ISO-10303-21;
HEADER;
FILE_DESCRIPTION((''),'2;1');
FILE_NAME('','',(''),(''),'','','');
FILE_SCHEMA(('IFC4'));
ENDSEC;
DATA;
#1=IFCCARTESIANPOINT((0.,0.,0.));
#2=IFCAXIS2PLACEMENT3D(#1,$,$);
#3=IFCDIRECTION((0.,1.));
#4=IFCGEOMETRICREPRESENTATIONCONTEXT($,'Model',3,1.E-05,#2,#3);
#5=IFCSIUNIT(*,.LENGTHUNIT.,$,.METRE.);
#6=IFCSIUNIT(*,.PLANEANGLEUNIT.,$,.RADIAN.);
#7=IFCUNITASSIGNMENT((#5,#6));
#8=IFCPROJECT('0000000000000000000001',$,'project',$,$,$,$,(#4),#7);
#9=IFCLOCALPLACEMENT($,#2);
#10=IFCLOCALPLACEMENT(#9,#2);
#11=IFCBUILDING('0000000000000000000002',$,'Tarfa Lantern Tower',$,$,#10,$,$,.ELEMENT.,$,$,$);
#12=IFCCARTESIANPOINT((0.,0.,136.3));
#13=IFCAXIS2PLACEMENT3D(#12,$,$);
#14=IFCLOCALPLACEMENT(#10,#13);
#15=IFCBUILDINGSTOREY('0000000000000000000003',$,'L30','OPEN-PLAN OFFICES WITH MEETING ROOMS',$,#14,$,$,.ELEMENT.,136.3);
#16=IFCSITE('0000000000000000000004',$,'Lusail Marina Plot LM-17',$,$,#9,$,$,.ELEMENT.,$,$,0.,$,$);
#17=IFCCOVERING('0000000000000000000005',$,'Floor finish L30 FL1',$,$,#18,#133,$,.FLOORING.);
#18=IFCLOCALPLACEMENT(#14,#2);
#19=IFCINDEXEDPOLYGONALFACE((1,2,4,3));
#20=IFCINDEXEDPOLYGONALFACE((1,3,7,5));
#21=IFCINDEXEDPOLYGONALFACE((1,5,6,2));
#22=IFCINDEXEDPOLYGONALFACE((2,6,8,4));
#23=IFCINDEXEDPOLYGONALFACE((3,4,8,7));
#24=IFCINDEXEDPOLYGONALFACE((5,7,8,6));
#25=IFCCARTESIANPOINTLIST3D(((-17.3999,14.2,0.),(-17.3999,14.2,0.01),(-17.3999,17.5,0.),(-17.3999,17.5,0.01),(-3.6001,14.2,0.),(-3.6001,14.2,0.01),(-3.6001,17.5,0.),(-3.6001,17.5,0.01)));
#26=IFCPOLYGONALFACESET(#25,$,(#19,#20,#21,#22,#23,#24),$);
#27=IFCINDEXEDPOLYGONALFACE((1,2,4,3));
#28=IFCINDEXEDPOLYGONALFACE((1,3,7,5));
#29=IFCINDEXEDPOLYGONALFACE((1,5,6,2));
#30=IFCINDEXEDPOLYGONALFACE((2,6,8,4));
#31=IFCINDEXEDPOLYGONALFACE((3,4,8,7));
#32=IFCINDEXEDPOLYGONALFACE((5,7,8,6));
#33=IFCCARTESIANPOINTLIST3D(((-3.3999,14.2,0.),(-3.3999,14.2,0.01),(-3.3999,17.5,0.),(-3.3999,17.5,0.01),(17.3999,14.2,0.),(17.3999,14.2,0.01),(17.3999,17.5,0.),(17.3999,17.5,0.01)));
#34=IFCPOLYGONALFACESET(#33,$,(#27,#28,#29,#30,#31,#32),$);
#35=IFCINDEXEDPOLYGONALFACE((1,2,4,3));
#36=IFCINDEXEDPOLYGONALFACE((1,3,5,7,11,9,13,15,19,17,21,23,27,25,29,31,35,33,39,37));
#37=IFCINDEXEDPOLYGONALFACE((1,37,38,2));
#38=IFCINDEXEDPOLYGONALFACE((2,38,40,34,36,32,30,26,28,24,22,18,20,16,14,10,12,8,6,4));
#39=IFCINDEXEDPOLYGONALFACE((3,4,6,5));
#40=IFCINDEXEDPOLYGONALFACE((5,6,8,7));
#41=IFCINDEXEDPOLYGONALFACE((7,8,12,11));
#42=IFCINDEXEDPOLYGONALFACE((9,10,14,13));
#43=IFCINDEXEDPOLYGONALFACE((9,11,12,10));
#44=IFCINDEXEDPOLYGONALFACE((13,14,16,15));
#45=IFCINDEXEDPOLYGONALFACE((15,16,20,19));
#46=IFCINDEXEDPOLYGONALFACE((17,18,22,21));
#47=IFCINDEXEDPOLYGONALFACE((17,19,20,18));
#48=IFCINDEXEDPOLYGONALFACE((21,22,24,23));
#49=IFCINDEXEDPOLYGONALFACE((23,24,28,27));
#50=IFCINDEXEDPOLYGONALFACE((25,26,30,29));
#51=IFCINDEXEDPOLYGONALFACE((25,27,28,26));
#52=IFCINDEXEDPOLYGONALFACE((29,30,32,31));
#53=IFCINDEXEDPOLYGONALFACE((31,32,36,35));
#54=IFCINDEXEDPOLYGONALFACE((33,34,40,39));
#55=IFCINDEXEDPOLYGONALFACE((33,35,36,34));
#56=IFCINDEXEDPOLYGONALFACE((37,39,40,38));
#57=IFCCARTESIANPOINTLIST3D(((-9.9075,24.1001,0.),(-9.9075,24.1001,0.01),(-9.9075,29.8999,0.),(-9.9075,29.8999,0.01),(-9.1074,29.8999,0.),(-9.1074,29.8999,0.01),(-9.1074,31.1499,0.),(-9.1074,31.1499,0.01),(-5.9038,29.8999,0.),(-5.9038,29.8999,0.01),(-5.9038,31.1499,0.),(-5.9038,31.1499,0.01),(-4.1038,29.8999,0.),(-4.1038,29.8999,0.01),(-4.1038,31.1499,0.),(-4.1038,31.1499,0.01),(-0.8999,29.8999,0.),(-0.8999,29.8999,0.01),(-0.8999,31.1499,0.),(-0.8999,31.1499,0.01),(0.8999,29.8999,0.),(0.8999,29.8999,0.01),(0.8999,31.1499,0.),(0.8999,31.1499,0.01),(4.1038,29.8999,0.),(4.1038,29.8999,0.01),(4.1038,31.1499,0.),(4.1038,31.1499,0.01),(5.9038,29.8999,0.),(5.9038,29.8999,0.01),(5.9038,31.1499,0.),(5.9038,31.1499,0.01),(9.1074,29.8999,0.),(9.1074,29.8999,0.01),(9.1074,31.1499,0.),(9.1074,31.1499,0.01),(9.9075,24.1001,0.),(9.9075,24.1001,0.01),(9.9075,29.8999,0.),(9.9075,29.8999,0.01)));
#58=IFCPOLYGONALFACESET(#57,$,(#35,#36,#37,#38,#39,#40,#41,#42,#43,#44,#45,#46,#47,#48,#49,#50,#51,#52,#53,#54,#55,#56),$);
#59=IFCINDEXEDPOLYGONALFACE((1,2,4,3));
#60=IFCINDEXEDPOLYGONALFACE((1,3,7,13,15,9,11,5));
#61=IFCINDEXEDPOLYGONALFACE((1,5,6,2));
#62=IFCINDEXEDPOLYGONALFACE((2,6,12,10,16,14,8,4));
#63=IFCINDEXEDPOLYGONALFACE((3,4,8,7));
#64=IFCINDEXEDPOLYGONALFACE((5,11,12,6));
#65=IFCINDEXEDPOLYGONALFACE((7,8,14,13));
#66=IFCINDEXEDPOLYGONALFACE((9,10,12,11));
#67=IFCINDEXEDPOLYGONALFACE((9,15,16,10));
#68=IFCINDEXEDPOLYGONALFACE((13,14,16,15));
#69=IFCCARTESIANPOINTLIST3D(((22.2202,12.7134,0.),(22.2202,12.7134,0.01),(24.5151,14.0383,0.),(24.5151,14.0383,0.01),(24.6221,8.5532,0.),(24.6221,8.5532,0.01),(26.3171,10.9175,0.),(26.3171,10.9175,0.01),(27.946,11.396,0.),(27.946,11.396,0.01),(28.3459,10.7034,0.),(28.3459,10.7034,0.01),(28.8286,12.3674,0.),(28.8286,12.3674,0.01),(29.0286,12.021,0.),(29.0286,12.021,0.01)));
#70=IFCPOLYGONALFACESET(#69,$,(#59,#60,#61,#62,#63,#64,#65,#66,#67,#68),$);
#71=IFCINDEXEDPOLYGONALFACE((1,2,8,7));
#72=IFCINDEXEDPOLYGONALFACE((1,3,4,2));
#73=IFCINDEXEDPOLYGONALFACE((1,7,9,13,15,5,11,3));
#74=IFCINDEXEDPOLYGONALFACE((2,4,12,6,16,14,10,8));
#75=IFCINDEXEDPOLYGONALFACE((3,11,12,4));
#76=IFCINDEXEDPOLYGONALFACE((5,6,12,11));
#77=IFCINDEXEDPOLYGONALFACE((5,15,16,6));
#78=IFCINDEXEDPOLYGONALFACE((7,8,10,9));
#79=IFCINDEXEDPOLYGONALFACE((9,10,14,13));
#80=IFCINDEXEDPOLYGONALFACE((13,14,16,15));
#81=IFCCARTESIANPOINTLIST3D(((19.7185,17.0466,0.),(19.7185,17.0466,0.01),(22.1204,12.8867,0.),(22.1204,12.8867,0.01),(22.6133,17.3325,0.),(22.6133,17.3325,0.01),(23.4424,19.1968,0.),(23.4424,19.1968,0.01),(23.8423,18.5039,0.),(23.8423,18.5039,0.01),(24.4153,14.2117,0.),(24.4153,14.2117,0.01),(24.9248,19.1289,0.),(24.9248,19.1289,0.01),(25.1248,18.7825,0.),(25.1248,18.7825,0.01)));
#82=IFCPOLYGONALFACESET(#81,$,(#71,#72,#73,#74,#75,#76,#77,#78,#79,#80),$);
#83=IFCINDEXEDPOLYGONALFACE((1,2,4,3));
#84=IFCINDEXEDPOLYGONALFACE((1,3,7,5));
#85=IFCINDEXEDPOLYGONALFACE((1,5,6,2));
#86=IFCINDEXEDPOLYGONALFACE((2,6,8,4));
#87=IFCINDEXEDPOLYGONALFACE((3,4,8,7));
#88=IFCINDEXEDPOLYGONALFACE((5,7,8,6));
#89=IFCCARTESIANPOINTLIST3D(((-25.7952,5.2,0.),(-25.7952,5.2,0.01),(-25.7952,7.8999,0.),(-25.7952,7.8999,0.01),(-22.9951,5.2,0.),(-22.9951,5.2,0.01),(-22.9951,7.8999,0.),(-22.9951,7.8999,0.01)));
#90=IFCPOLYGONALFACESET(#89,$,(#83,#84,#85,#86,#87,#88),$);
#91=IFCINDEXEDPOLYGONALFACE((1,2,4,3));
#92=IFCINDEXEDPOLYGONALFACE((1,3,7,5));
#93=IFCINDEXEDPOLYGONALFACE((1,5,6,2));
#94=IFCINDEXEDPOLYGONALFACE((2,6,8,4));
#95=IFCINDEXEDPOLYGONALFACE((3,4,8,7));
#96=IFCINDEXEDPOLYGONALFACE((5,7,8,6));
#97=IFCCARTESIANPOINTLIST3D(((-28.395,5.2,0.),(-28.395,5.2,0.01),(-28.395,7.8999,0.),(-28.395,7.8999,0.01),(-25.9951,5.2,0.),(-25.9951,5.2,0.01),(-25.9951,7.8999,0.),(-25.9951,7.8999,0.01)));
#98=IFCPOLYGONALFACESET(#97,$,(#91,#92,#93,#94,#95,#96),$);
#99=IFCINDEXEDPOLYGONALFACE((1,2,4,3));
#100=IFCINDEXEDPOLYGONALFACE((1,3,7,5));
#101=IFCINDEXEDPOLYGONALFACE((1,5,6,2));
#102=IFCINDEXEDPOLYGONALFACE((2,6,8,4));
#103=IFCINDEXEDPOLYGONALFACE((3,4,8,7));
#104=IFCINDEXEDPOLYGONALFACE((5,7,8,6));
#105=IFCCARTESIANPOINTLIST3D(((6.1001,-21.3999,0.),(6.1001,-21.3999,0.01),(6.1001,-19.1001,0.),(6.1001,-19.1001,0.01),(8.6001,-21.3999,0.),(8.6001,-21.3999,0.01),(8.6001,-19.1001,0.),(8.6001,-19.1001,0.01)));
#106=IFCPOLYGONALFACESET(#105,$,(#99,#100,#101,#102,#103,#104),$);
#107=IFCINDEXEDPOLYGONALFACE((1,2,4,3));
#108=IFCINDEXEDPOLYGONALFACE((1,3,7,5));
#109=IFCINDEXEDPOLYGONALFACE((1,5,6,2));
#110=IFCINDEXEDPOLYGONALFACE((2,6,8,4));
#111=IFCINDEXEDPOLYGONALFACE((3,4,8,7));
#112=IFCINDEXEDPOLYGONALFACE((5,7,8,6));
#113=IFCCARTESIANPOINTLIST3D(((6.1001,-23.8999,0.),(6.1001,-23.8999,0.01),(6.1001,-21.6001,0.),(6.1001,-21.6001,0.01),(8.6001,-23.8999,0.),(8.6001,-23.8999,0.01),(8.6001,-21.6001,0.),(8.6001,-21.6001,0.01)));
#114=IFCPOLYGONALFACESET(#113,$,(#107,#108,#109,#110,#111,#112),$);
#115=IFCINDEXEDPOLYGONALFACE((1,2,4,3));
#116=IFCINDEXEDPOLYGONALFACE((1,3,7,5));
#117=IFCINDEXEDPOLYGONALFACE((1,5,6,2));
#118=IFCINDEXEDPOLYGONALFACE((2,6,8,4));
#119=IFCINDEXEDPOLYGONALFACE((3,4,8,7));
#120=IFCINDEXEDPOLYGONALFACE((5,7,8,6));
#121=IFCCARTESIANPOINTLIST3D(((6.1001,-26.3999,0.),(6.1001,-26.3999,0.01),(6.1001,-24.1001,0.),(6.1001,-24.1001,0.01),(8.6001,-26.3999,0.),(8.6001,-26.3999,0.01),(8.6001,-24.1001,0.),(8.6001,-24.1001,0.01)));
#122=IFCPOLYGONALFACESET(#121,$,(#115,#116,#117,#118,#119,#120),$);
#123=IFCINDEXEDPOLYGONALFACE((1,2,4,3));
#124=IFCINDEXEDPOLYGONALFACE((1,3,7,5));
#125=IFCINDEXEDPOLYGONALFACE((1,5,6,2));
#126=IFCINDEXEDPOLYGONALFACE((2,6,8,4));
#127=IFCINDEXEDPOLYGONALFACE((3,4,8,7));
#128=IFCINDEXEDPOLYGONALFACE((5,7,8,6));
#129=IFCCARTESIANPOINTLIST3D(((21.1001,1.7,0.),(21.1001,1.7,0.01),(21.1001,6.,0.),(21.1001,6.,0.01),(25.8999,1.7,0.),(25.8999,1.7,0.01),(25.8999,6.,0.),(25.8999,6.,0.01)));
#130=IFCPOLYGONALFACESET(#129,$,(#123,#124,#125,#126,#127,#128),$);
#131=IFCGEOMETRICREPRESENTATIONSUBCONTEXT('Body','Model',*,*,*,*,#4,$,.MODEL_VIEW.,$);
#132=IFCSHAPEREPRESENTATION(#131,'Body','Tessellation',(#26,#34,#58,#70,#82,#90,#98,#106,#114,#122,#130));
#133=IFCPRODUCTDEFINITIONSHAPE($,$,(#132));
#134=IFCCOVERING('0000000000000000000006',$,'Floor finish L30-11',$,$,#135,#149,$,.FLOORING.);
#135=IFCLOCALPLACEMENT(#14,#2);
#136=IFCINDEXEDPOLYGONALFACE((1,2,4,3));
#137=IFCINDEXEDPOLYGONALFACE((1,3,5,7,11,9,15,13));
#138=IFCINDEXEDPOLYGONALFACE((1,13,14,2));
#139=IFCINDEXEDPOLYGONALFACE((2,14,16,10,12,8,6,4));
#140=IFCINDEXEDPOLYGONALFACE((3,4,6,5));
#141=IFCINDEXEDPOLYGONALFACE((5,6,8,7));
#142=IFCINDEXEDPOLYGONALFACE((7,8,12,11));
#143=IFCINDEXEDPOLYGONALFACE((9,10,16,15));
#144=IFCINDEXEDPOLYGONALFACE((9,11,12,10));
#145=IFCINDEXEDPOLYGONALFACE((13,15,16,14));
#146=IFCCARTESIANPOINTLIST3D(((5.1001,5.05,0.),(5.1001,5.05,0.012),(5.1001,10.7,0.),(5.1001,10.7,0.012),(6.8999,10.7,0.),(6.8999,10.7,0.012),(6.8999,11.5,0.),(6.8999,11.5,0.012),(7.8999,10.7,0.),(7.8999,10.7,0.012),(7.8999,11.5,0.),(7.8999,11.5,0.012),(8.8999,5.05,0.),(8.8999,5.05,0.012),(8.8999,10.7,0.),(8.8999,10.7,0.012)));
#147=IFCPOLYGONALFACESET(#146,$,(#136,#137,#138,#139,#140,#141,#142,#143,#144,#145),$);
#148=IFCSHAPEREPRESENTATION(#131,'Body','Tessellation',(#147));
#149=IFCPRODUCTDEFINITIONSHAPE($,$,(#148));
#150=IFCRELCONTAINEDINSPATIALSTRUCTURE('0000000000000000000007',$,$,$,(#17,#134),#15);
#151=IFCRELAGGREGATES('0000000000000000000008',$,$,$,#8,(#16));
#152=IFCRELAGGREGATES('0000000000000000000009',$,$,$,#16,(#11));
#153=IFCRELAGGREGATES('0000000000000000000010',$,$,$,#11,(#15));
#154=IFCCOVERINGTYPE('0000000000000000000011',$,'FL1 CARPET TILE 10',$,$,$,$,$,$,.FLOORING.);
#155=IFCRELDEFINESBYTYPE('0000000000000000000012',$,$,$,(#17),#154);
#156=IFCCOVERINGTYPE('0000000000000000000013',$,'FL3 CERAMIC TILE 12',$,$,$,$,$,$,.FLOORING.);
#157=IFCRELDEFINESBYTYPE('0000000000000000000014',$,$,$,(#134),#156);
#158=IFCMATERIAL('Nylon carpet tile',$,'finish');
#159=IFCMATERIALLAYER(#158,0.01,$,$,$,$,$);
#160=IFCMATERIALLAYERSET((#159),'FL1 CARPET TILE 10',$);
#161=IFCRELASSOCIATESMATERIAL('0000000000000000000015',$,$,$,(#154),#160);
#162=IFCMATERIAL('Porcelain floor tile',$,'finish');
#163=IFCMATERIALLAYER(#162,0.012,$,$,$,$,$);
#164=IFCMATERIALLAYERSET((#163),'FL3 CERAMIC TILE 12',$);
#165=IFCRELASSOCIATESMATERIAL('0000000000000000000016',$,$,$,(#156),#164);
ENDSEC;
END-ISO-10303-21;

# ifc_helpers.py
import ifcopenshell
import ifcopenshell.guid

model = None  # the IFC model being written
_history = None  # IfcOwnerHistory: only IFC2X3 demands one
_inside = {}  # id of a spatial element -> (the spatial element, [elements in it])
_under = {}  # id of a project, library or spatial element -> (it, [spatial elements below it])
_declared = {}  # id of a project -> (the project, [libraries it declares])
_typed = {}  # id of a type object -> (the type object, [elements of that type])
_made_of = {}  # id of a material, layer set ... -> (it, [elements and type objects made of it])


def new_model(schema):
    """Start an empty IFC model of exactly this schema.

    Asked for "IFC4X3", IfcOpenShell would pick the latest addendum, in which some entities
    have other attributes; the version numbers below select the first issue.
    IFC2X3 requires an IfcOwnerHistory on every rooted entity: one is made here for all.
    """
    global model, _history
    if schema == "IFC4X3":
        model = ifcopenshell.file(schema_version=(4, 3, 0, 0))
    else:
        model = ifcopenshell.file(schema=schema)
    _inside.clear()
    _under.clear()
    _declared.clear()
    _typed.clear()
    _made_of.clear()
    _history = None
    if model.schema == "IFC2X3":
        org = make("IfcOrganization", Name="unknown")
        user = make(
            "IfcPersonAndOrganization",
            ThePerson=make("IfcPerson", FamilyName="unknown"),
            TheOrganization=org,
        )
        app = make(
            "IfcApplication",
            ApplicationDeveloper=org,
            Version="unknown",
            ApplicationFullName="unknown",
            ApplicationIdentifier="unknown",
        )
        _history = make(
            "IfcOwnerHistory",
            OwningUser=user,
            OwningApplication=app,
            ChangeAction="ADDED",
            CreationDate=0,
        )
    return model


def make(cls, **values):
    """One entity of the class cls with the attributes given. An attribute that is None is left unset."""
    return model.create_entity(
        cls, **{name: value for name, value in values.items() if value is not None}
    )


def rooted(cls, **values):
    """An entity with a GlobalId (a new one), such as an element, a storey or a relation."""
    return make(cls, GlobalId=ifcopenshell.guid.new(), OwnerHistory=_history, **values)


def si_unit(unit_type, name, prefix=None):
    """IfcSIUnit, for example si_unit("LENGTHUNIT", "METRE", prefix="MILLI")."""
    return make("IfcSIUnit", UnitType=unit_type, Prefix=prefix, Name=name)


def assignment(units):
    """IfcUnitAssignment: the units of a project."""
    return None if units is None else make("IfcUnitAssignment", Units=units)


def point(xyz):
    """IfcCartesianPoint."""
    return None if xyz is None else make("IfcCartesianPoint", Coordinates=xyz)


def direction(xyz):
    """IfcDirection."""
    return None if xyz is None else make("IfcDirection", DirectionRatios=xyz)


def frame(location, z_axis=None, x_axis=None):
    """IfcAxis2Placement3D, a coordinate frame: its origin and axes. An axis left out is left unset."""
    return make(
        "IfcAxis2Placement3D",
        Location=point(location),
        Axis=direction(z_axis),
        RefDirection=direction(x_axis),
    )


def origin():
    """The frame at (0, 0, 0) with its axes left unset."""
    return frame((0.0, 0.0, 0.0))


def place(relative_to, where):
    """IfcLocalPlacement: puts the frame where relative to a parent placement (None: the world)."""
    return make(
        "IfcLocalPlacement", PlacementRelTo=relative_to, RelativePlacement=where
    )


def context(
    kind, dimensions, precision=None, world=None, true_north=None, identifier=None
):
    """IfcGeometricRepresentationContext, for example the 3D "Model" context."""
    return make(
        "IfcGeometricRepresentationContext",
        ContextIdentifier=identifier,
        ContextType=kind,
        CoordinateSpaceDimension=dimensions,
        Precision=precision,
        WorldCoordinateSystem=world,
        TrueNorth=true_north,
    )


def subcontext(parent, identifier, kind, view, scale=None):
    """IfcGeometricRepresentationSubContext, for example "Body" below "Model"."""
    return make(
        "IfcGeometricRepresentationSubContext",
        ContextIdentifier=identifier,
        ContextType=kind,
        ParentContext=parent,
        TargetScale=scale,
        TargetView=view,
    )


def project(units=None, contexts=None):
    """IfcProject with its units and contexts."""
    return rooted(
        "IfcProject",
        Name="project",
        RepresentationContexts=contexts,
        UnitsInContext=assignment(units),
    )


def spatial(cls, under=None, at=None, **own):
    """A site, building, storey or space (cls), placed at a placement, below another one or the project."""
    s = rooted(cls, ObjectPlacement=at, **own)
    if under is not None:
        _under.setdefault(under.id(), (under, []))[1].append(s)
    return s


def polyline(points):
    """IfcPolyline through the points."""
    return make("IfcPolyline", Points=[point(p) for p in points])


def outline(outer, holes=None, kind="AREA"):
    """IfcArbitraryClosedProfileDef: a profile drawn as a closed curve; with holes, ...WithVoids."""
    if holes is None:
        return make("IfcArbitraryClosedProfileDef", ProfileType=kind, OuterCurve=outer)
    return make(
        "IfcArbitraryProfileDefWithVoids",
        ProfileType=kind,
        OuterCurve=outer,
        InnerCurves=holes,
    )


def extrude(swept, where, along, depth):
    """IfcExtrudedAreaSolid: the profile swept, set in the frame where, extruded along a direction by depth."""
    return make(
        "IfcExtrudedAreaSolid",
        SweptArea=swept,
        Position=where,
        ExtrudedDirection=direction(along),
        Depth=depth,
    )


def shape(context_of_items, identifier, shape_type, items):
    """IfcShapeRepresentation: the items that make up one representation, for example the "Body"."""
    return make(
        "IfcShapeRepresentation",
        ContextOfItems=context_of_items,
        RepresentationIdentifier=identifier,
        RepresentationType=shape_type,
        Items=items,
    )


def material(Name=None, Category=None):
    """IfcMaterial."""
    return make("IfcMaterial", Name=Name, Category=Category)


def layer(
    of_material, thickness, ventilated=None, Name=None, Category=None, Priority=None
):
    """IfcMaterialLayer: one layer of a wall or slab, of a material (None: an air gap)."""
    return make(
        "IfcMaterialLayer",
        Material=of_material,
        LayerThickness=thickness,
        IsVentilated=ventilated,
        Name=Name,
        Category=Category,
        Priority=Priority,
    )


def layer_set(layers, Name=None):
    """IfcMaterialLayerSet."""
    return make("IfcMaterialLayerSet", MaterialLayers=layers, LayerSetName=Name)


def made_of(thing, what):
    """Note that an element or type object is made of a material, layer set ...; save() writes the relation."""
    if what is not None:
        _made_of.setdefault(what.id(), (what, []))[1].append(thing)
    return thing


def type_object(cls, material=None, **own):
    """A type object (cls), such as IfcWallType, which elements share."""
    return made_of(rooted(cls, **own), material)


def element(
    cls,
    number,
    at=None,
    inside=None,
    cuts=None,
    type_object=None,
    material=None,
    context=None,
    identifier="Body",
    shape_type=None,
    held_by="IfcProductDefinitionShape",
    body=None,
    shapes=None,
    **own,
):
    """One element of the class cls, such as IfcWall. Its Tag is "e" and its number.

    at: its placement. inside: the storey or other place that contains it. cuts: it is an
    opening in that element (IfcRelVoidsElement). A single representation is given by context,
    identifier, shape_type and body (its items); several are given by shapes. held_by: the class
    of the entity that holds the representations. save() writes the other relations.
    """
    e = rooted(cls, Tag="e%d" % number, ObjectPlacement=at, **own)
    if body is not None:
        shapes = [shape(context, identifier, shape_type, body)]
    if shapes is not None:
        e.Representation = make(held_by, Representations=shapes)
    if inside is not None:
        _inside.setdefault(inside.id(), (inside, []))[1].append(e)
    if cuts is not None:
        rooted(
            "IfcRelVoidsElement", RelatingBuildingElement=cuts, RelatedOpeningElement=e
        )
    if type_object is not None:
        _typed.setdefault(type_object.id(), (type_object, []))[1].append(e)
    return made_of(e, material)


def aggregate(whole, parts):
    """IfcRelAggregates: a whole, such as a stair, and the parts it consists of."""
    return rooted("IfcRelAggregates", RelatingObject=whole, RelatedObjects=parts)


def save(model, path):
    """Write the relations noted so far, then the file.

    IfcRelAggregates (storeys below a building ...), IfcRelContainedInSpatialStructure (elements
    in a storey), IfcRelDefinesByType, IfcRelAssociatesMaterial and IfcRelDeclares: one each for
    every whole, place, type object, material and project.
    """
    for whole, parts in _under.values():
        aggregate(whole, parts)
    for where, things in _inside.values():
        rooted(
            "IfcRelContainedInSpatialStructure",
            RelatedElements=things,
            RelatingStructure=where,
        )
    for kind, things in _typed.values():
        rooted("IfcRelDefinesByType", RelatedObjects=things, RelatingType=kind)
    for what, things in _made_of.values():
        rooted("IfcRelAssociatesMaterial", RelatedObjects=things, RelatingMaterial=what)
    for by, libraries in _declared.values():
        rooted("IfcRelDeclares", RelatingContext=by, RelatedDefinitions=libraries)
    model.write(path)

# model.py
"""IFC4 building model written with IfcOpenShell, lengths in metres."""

from ifc_helpers import new_model, si_unit, direction, frame, origin, place, context, subcontext, project, spatial, polyline, outline, extrude, material, layer, layer_set, type_object, element, save


model = new_model("IFC4")

# Units and contexts
model_context = context("Model", 3, precision=1e-05, world=origin(), true_north=direction((0.0, 1.0)))
body_context = subcontext(model_context, "Body", "Model", "MODEL_VIEW")
ifc_project = project(units=[si_unit("LENGTHUNIT", "METRE"), si_unit("PLANEANGLEUNIT", "RADIAN")], contexts=[model_context])

# Site, building, storey
site_placement = place(None, origin())
site = spatial("IfcSite", under=ifc_project, at=site_placement, Name="Lusail Marina Plot LM-17", CompositionType="ELEMENT", RefElevation=0.0)
building_placement = place(site_placement, origin())
building = spatial("IfcBuilding", under=site, at=building_placement, Name="Tarfa Lantern Tower", CompositionType="ELEMENT")
storey_placement = place(building_placement, frame((0.0, 0.0, 136.3)))
storey = spatial("IfcBuildingStorey", under=building, at=storey_placement, Name="L30", Description="OPEN-PLAN OFFICES WITH MEETING ROOMS", CompositionType="ELEMENT", Elevation=136.3)

# Coverings
ifc_material_1 = material(Name="Nylon carpet tile", Category="finish")
ifc_layer_1 = layer(ifc_material_1, 0.01)
ifc_layer_set_1 = layer_set([ifc_layer_1], Name="FL1 CARPET TILE 10")
covering_type_1 = type_object("IfcCoveringType", Name="FL1 CARPET TILE 10", PredefinedType="FLOORING", material=ifc_layer_set_1)
covering_1_placement = place(storey_placement, origin())
element("IfcCovering", 1, at=covering_1_placement, inside=storey, type_object=covering_type_1, Name="Floor finish L30 FL1", PredefinedType="FLOORING", context=body_context, shape_type="SweptSolid", body=[
    extrude(outline(polyline([(-17.3999, 17.5), (-3.6001, 17.5), (-3.6001, 14.2), (-17.3999, 14.2), (-17.3999, 17.5)])), origin(), (0.0, 0.0, 1.0), 0.01),
    extrude(outline(polyline([(-3.3999, 17.5), (17.3999, 17.5), (17.3999, 14.2), (-3.3999, 14.2), (-3.3999, 17.5)])), origin(), (0.0, 0.0, 1.0), 0.01),
    extrude(outline(polyline([(9.9075, 24.1001), (-9.9075, 24.1001), (-9.9075, 29.8999), (-9.1074, 29.8999), (-9.1074, 31.1499), (-5.9038, 31.1499), (-5.9038, 29.8999), (-4.1038, 29.8999), (-4.1038, 31.1499), (-0.8999, 31.1499), (-0.8999, 29.8999), (0.8999, 29.8999), (0.8999, 31.1499), (4.1038, 31.1499), (4.1038, 29.8999), (5.9038, 29.8999), (5.9038, 31.1499), (9.1074, 31.1499), (9.1074, 29.8999), (9.9075, 29.8999), (9.9075, 24.1001)])), origin(), (0.0, 0.0, 1.0), 0.01),
    extrude(outline(polyline([(24.6221, 8.5532), (22.2202, 12.7134), (24.5151, 14.0383), (26.3171, 10.9175), (28.8286, 12.3674), (29.0286, 12.021), (27.946, 11.396), (28.3459, 10.7034), (24.6221, 8.5532)])), origin(), (0.0, 0.0, 1.0), 0.01),
    extrude(outline(polyline([(19.7185, 17.0466), (23.4424, 19.1968), (23.8423, 18.5039), (24.9248, 19.1289), (25.1248, 18.7825), (22.6133, 17.3325), (24.4153, 14.2117), (22.1204, 12.8867), (19.7185, 17.0466)])), origin(), (0.0, 0.0, 1.0), 0.01),
    extrude(outline(polyline([(-25.7952, 5.2), (-25.7952, 7.8999), (-22.9951, 7.8999), (-22.9951, 5.2), (-25.7952, 5.2)])), origin(), (0.0, 0.0, 1.0), 0.01),
    extrude(outline(polyline([(-28.395, 5.2), (-28.395, 7.8999), (-25.9951, 7.8999), (-25.9951, 5.2), (-28.395, 5.2)])), origin(), (0.0, 0.0, 1.0), 0.01),
    extrude(outline(polyline([(6.1001, -21.3999), (6.1001, -19.1001), (8.6001, -19.1001), (8.6001, -21.3999), (6.1001, -21.3999)])), origin(), (0.0, 0.0, 1.0), 0.01),
    extrude(outline(polyline([(6.1001, -23.8999), (6.1001, -21.6001), (8.6001, -21.6001), (8.6001, -23.8999), (6.1001, -23.8999)])), origin(), (0.0, 0.0, 1.0), 0.01),
    extrude(outline(polyline([(6.1001, -26.3999), (6.1001, -24.1001), (8.6001, -24.1001), (8.6001, -26.3999), (6.1001, -26.3999)])), origin(), (0.0, 0.0, 1.0), 0.01),
    extrude(outline(polyline([(21.1001, 6.0), (25.8999, 6.0), (25.8999, 1.7), (21.1001, 1.7), (21.1001, 6.0)])), origin(), (0.0, 0.0, 1.0), 0.01),
])
ifc_material_2 = material(Name="Porcelain floor tile", Category="finish")
ifc_layer_2 = layer(ifc_material_2, 0.012)
ifc_layer_set_2 = layer_set([ifc_layer_2], Name="FL3 CERAMIC TILE 12")
covering_type_2 = type_object("IfcCoveringType", Name="FL3 CERAMIC TILE 12", PredefinedType="FLOORING", material=ifc_layer_set_2)
covering_2_placement = place(storey_placement, origin())
element("IfcCovering", 2, at=covering_2_placement, inside=storey, type_object=covering_type_2, Name="Floor finish L30-11", PredefinedType="FLOORING", context=body_context, shape_type="SweptSolid", body=[
    extrude(outline(polyline([(5.1001, 5.05), (8.8999, 5.05), (8.8999, 10.7), (7.8999, 10.7), (7.8999, 11.5), (6.8999, 11.5), (6.8999, 10.7), (5.1001, 10.7), (5.1001, 5.05)])), origin(), (0.0, 0.0, 1.0), 0.012),
])

save(model, "model.ifc")
